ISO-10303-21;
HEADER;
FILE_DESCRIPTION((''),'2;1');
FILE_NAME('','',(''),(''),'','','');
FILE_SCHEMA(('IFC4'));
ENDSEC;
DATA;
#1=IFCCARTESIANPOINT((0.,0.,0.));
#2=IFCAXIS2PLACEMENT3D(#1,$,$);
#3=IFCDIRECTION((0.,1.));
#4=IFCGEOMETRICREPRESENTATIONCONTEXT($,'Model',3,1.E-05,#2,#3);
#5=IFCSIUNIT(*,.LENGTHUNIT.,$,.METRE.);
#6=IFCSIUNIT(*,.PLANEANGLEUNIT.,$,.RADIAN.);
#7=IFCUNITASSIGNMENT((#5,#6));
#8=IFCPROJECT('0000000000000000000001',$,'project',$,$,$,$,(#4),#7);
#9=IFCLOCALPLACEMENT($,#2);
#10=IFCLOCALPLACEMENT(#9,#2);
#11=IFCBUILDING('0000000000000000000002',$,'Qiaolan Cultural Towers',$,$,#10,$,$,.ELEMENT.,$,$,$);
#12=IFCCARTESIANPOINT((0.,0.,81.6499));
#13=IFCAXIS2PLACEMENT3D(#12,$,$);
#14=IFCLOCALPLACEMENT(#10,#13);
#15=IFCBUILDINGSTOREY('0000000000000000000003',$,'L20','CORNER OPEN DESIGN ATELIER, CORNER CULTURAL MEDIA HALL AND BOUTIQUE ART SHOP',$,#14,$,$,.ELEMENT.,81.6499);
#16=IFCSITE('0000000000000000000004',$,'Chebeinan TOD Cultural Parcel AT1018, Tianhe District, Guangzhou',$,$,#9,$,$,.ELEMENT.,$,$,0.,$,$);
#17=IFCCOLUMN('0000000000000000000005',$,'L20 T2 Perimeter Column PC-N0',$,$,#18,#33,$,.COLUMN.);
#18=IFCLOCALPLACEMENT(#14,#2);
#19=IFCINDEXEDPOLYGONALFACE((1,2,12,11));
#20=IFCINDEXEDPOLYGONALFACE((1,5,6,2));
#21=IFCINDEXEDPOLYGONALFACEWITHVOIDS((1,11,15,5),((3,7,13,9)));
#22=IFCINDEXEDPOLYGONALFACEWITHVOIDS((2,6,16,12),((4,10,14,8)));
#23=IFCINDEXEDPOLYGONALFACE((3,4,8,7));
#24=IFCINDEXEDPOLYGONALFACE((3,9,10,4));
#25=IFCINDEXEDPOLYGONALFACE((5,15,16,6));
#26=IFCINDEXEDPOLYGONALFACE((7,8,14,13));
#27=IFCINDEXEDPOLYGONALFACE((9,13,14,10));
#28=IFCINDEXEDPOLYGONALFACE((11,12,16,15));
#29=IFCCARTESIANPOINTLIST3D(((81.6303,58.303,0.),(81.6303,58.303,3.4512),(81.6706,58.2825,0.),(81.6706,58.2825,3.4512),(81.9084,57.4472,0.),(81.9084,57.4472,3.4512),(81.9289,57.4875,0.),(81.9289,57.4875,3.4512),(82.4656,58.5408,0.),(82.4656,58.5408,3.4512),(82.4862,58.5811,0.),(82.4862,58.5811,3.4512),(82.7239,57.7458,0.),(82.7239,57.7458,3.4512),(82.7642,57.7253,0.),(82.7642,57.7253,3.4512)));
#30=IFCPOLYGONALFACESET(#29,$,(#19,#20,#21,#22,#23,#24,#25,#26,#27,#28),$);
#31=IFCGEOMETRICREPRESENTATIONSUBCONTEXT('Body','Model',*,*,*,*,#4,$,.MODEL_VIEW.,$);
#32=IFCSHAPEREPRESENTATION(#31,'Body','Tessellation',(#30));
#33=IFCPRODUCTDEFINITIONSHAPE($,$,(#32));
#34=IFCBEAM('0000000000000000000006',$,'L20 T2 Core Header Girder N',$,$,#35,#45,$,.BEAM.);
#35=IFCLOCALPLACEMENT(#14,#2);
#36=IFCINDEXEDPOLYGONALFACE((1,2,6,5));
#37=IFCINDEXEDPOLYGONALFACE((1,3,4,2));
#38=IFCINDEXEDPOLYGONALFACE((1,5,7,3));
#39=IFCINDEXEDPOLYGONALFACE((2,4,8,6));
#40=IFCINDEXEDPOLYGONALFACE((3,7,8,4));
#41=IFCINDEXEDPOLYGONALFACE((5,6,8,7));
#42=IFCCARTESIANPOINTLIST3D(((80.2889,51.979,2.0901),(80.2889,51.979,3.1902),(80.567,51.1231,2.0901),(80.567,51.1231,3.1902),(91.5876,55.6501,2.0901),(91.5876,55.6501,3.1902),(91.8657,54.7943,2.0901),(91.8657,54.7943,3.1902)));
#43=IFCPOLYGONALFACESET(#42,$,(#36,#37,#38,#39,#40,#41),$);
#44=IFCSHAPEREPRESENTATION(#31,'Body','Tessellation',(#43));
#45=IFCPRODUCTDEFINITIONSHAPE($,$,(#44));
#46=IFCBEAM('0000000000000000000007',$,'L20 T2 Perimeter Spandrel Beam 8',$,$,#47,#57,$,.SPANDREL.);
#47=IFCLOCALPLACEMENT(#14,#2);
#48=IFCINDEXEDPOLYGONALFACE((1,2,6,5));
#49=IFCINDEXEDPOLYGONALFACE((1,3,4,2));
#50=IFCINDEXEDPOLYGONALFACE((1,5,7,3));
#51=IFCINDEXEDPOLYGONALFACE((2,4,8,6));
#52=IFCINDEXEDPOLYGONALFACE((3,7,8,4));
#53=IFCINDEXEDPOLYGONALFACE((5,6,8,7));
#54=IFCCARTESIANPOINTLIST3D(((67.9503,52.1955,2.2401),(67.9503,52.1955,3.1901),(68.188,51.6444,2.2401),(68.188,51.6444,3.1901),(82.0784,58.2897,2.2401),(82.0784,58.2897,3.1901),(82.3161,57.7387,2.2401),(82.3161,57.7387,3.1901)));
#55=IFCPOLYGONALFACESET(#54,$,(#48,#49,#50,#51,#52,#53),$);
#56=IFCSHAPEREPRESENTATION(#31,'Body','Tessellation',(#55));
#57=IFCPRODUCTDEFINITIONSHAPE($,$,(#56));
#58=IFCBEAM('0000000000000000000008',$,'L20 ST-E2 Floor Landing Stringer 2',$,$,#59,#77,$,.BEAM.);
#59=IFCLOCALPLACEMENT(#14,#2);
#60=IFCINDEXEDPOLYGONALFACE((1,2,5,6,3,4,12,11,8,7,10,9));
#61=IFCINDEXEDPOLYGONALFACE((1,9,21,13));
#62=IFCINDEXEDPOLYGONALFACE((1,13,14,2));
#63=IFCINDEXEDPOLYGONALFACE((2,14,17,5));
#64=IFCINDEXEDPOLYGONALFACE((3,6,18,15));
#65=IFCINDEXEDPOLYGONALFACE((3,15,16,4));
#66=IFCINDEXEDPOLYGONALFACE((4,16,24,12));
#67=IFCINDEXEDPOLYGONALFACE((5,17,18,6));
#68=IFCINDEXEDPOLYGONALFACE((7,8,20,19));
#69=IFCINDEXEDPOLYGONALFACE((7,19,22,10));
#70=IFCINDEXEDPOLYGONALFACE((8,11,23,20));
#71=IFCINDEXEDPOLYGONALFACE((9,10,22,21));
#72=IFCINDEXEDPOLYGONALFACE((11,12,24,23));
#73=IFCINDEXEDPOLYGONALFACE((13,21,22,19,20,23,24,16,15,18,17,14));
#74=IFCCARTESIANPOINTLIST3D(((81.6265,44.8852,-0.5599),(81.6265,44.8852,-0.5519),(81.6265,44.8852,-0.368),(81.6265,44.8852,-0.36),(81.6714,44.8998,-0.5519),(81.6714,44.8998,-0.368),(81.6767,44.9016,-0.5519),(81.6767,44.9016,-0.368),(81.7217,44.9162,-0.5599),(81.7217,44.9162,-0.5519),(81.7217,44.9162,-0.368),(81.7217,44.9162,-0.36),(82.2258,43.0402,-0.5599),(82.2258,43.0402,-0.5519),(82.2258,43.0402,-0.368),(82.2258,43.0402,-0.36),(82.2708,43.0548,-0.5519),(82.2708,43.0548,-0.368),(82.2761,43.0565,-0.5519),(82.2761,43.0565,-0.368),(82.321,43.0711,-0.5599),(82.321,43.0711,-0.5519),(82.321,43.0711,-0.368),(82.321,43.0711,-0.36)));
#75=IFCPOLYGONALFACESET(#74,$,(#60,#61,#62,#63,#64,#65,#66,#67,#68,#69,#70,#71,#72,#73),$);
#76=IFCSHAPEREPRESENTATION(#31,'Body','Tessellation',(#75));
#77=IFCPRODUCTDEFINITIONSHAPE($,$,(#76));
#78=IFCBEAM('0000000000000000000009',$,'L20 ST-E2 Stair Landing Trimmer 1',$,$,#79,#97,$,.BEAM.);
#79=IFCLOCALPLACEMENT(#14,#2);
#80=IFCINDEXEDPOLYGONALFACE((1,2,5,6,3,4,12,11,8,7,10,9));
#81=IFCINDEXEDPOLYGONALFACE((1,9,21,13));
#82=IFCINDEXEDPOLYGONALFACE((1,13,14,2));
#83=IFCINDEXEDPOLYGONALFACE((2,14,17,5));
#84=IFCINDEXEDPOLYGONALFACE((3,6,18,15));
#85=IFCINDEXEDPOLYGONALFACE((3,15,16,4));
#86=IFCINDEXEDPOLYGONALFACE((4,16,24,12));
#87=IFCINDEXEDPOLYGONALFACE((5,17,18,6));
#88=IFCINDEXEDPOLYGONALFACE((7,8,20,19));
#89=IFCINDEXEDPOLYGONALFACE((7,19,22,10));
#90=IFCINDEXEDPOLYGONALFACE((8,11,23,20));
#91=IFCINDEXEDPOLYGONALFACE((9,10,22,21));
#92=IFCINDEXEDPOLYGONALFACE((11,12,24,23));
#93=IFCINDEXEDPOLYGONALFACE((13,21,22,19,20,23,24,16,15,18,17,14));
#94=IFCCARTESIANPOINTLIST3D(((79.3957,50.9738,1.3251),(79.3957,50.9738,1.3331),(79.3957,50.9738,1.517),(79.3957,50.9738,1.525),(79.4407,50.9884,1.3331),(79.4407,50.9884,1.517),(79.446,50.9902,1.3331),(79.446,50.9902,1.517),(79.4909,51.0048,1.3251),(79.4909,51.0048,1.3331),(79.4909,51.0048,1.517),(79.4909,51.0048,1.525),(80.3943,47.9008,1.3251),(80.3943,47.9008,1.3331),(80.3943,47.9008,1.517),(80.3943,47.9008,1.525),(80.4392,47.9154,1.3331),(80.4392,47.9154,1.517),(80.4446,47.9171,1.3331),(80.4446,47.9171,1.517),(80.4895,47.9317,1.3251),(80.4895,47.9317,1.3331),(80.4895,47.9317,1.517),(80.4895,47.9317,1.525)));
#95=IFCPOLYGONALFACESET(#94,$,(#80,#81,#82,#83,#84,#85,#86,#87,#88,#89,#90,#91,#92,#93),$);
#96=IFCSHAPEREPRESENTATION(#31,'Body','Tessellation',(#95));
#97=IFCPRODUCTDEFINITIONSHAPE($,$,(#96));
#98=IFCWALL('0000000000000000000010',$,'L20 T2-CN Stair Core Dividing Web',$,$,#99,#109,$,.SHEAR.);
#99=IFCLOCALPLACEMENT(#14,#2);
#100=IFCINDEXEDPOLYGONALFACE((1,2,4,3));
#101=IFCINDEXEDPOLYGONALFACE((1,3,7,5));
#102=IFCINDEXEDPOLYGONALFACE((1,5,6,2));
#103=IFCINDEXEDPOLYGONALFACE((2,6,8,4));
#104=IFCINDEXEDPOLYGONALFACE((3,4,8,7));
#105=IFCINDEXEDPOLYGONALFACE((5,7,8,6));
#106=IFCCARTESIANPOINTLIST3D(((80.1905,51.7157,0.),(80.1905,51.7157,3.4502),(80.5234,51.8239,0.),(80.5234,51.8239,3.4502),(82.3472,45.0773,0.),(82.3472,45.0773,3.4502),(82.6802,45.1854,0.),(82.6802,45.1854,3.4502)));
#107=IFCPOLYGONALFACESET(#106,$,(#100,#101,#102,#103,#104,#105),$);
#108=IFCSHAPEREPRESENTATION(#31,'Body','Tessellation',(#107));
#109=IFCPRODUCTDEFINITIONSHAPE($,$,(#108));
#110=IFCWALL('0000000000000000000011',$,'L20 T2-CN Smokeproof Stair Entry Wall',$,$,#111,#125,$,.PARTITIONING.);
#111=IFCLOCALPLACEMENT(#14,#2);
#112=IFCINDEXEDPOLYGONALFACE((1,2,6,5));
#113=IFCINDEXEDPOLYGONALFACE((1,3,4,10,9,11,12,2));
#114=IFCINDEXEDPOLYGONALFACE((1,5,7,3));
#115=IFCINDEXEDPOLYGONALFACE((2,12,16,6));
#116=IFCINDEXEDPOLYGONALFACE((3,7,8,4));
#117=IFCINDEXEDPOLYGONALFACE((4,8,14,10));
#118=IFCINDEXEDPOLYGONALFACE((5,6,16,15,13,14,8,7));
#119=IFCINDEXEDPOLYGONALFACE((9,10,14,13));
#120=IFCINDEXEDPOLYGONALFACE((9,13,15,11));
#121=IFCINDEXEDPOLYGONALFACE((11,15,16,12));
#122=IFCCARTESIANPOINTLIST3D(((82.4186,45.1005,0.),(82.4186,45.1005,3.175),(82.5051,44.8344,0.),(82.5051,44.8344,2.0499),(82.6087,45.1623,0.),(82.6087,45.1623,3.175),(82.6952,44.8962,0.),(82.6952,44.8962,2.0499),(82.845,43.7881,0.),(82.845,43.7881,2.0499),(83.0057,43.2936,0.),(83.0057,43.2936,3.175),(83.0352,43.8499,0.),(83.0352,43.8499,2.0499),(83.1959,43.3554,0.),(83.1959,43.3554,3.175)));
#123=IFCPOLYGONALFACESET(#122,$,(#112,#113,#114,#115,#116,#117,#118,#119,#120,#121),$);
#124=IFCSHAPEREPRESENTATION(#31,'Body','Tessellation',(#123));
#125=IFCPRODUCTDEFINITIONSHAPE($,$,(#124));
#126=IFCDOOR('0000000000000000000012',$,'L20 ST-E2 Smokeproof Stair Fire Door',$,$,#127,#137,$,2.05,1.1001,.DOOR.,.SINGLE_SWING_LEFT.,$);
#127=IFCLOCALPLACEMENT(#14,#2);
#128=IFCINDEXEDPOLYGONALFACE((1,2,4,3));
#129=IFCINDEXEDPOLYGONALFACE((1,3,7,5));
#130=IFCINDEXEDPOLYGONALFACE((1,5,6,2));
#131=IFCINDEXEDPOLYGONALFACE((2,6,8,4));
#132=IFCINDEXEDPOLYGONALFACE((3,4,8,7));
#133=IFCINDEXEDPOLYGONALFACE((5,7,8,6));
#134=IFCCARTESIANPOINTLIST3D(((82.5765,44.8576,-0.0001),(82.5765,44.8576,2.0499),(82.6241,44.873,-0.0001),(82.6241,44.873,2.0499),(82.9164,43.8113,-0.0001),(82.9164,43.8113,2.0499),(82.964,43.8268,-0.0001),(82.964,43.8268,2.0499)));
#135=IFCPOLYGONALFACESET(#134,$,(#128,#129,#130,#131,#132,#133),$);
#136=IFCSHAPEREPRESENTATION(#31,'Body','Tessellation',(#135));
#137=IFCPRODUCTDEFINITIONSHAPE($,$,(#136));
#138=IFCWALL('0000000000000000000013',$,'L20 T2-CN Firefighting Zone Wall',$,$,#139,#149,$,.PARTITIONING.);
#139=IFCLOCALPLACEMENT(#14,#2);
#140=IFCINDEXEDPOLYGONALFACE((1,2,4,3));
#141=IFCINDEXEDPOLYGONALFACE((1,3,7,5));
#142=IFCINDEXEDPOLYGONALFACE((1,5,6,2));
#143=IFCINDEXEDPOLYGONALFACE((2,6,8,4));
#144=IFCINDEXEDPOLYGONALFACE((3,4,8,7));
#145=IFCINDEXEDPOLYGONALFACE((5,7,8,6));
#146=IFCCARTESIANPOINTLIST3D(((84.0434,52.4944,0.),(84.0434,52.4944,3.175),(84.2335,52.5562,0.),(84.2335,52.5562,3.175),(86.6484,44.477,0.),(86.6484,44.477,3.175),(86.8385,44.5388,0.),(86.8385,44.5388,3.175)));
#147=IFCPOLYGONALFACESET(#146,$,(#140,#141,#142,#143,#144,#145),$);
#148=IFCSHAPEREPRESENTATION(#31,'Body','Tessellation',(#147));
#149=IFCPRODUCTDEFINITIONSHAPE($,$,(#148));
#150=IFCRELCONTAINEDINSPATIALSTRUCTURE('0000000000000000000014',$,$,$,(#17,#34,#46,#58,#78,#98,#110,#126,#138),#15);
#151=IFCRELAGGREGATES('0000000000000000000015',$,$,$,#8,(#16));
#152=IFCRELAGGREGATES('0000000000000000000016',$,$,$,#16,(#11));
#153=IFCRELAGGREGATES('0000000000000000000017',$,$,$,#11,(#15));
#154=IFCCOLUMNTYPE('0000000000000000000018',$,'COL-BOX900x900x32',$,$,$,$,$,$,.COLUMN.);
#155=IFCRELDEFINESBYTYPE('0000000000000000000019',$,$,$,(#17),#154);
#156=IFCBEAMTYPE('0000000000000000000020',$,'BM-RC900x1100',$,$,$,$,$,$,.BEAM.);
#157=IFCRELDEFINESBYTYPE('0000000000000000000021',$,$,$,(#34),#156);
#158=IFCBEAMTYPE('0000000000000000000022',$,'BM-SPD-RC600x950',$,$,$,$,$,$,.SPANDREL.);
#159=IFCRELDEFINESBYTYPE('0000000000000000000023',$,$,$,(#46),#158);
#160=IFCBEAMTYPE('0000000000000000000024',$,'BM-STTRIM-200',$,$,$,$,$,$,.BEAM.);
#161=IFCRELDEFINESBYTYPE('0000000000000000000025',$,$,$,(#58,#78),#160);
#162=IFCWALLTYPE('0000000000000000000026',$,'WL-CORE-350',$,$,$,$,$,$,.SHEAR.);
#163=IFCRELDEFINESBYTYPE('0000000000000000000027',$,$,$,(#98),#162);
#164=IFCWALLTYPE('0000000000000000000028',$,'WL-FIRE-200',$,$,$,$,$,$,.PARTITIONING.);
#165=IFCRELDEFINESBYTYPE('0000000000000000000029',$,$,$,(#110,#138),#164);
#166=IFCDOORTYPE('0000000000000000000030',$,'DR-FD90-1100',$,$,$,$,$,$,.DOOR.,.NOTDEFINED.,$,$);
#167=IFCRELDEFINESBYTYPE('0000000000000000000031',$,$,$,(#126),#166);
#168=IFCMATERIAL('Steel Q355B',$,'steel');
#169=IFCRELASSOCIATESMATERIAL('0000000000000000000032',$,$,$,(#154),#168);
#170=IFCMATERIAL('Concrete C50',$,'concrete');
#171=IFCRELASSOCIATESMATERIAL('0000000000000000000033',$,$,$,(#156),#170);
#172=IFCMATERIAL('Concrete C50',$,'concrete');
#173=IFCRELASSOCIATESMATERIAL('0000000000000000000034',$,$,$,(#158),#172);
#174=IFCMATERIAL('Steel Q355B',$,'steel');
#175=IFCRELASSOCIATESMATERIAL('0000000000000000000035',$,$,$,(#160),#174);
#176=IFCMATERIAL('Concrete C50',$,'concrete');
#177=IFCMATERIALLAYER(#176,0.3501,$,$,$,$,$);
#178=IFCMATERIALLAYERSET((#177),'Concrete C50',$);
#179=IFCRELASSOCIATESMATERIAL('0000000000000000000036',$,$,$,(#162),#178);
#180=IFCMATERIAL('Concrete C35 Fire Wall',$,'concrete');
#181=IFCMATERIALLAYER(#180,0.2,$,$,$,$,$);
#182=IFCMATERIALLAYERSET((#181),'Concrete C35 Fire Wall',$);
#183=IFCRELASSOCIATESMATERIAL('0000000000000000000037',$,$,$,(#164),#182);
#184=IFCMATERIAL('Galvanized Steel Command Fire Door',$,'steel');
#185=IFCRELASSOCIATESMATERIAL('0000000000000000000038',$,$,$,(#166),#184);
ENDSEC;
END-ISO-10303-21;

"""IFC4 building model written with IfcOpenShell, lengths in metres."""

from ifc_helpers import new_model, si_unit, direction, frame, frame_2d, origin, origin_2d, place, context, subcontext, project, spatial, rectangle, hollow_rectangle, i_section, extrude, material, layer, layer_set, material_profile, profile_set, type_object, element, fill, save


model = new_model("IFC4")

# Units and contexts
model_context = context("Model", 3, precision=1e-05, world=origin(), true_north=direction((0.0, 1.0)))
body_context = subcontext(model_context, "Body", "Model", "MODEL_VIEW")
ifc_project = project(units=[si_unit("LENGTHUNIT", "METRE"), si_unit("PLANEANGLEUNIT", "RADIAN")], contexts=[model_context])

# Site, building, storey
site_placement = place(None, origin())
site = spatial("IfcSite", under=ifc_project, at=site_placement, Name="Chebeinan TOD Cultural Parcel AT1018, Tianhe District, Guangzhou", CompositionType="ELEMENT", RefElevation=0.0)
building_placement = place(site_placement, origin())
building = spatial("IfcBuilding", under=site, at=building_placement, Name="Qiaolan Cultural Towers", CompositionType="ELEMENT")
storey_placement = place(building_placement, frame((0.0, 0.0, 81.6499)))
storey = spatial("IfcBuildingStorey", under=building, at=storey_placement, Name="L20", Description="CORNER OPEN DESIGN ATELIER, CORNER CULTURAL MEDIA HALL AND BOUTIQUE ART SHOP", CompositionType="ELEMENT", Elevation=81.6499)

# Column
ifc_material_1 = material(Name="Steel Q355B", Category="steel")
ifc_material_profile_1 = material_profile(ifc_material_1, hollow_rectangle(XDim=0.8999, YDim=0.8999, WallThickness=0.032, at=origin_2d()), Name="BOX900x900x32")
ifc_profile_set_1 = profile_set([ifc_material_profile_1], Name="Steel Q355B")
column_type = type_object("IfcColumnType", Name="COL-BOX900x900x32", PredefinedType="COLUMN", material=ifc_profile_set_1)
column_placement = place(storey_placement, frame((82.1973, 58.0142, 0.0), z_axis=(0.0, 0.0, 1.0), x_axis=(0.951057, 0.309017, 0.0)))
element("IfcColumn", 1, at=column_placement, inside=storey, type_object=column_type, Name="L20 T2 Perimeter Column PC-N0", PredefinedType="COLUMN", context=body_context, shape_type="SweptSolid", body=[
    extrude(hollow_rectangle(XDim=0.8999, YDim=0.8999, WallThickness=0.032, at=origin_2d()), origin(), (0.0, 0.0, 1.0), 3.4512),
])

# Beams
ifc_material_2 = material(Name="Concrete C50", Category="concrete")
ifc_material_profile_2 = material_profile(ifc_material_2, rectangle(XDim=0.8999, YDim=1.1001, at=origin_2d()), Name="RC900x1100")
ifc_profile_set_2 = profile_set([ifc_material_profile_2], Name="Concrete C50")
beam_type_1 = type_object("IfcBeamType", Name="BM-RC900x1100", PredefinedType="BEAM", material=ifc_profile_set_2)
beam_1_placement = place(storey_placement, frame((80.428, 51.551, 2.6401), z_axis=(0.951056, 0.309018, 0.0), x_axis=(-0.309018, 0.951056, 0.0)))
element("IfcBeam", 2, at=beam_1_placement, inside=storey, type_object=beam_type_1, Name="L20 T2 Core Header Girder N", PredefinedType="BEAM", context=body_context, shape_type="SweptSolid", body=[
    extrude(rectangle(XDim=0.8999, YDim=1.1001, at=origin_2d()), origin(), (0.0, 0.0, 1.0), 11.8801),
])
ifc_material_3 = material(Name="Concrete C50", Category="concrete")
ifc_material_profile_3 = material_profile(ifc_material_3, rectangle(XDim=0.6001, YDim=0.95, at=origin_2d()), Name="RC600x950")
ifc_profile_set_3 = profile_set([ifc_material_profile_3], Name="Concrete C50")
beam_type_2 = type_object("IfcBeamType", Name="BM-SPD-RC600x950", PredefinedType="SPANDREL", material=ifc_profile_set_3)
beam_2_placement = place(storey_placement, frame((82.1973, 58.0142, 2.7151), z_axis=(-0.918218, -0.396076, 0.0), x_axis=(0.396076, -0.918218, 0.0)))
element("IfcBeam", 3, at=beam_2_placement, inside=storey, type_object=beam_type_2, Name="L20 T2 Perimeter Spandrel Beam 8", PredefinedType="SPANDREL", context=body_context, shape_type="SweptSolid", body=[
    extrude(rectangle(XDim=0.6001, YDim=0.95, at=origin_2d()), origin(), (0.0, 0.0, 1.0), 15.3865),
])
ifc_material_4 = material(Name="Steel Q355B", Category="steel")
ifc_material_profile_4 = material_profile(ifc_material_4, i_section(OverallWidth=0.1001, OverallDepth=0.2, WebThickness=0.0056, FlangeThickness=0.0081, at=origin_2d()), Name="HN200x100x5.5x8")
ifc_profile_set_4 = profile_set([ifc_material_profile_4], Name="Steel Q355B")
beam_type_3 = type_object("IfcBeamType", Name="BM-STTRIM-200", PredefinedType="BEAM", material=ifc_profile_set_4)
beam_3_placement = place(storey_placement, frame((82.2734, 43.0557, -0.46), z_axis=(-0.308969, 0.951072, 0.0), x_axis=(-0.951072, -0.308969, 0.0)))
element("IfcBeam", 4, at=beam_3_placement, inside=storey, type_object=beam_type_3, Name="L20 ST-E2 Floor Landing Stringer 2", PredefinedType="BEAM", context=body_context, shape_type="SweptSolid", body=[
    extrude(i_section(OverallWidth=0.1001, OverallDepth=0.2, WebThickness=0.0056, FlangeThickness=0.0081, at=origin_2d()), origin(), (0.0, 0.0, 1.0), 1.9399),
])
beam_4_placement = place(storey_placement, frame((80.4419, 47.9163, 1.425), z_axis=(-0.309033, 0.951051, 0.0), x_axis=(-0.951051, -0.309033, 0.0)))
element("IfcBeam", 5, at=beam_4_placement, inside=storey, type_object=beam_type_3, Name="L20 ST-E2 Stair Landing Trimmer 1", PredefinedType="BEAM", context=body_context, shape_type="SweptSolid", body=[
    extrude(i_section(OverallWidth=0.1001, OverallDepth=0.2, WebThickness=0.0056, FlangeThickness=0.0081, at=origin_2d()), origin(), (0.0, 0.0, 1.0), 3.2312),
])

# Wall
ifc_material_5 = material(Name="Concrete C50", Category="concrete")
ifc_layer_1 = layer(ifc_material_5, 0.3501)
ifc_layer_set_1 = layer_set([ifc_layer_1], Name="Concrete C50")
wall_type_1 = type_object("IfcWallType", Name="WL-CORE-350", PredefinedType="SHEAR", material=ifc_layer_set_1)
wall_1_placement = place(storey_placement, frame((82.5137, 45.1313, 0.0), z_axis=(0.0, 0.0, 1.0), x_axis=(-0.308989, 0.951066, 0.0)))
element("IfcWall", 6, at=wall_1_placement, inside=storey, type_object=wall_type_1, Name="L20 T2-CN Stair Core Dividing Web", PredefinedType="SHEAR", context=body_context, shape_type="SweptSolid", body=[
    extrude(rectangle(XDim=6.98, YDim=0.3501, at=frame_2d((3.49, 0.0))), origin(), (0.0, 0.0, 1.0), 3.4502),
])

# Wall, opening, door
ifc_material_6 = material(Name="Concrete C35 Fire Wall", Category="concrete")
ifc_layer_2 = layer(ifc_material_6, 0.2)
ifc_layer_set_2 = layer_set([ifc_layer_2], Name="Concrete C35 Fire Wall")
wall_type_2 = type_object("IfcWallType", Name="WL-FIRE-200", PredefinedType="PARTITIONING", material=ifc_layer_set_2)
wall_2_placement = place(storey_placement, frame((83.1008, 43.3245, 0.0), z_axis=(0.0, 0.0, 1.0), x_axis=(-0.309048, 0.951046, 0.0)))
wall_2 = element("IfcWall", 7, at=wall_2_placement, inside=storey, type_object=wall_type_2, Name="L20 T2-CN Smokeproof Stair Entry Wall", PredefinedType="PARTITIONING", context=body_context, shape_type="SweptSolid", body=[
    extrude(rectangle(XDim=1.8999, YDim=0.2, at=frame_2d((0.95, 0.0))), origin(), (0.0, 0.0, 1.0), 3.175),
])
opening_1_placement = place(wall_2_placement, frame((0.52, 0.0, 0.0)))
opening_1 = element("IfcOpeningElement", 8, at=opening_1_placement, cuts=wall_2, PredefinedType="OPENING", context=body_context, shape_type="SweptSolid", body=[
    extrude(rectangle(XDim=1.1001, YDim=2.05, at=frame_2d((0.55, 1.0249))), frame((0.0, 0.1099, 0.0), z_axis=(0.0, -1.0, 0.0), x_axis=(1.0, 0.0, 0.0)), (0.0, 0.0, 1.0), 0.22),
])
ifc_material_7 = material(Name="Galvanized Steel Command Fire Door", Category="steel")
door_type_1 = type_object("IfcDoorType", Name="DR-FD90-1100", OperationType="NOTDEFINED", PredefinedType="DOOR", material=ifc_material_7)
door_1_placement = place(opening_1_placement, origin())
door_1 = element("IfcDoor", 9, at=door_1_placement, inside=storey, type_object=door_type_1, Name="L20 ST-E2 Smokeproof Stair Fire Door", OperationType="SINGLE_SWING_LEFT", OverallHeight=2.05, OverallWidth=1.1001, PredefinedType="DOOR", context=body_context, shape_type="SweptSolid", body=[
    extrude(rectangle(XDim=1.1001, YDim=2.05, at=frame_2d((0.55, 1.0249))), frame((0.0, 0.0249, 0.0), z_axis=(0.0, -1.0, 0.0), x_axis=(1.0, 0.0, 0.0)), (0.0, 0.0, 1.0), 0.05),
])
fill(opening_1, door_1)

# Wall
wall_3_placement = place(storey_placement, frame((86.7434, 44.5081, 0.0), z_axis=(0.0, 0.0, 1.0), x_axis=(-0.309016, 0.951057, 0.0)))
element("IfcWall", 10, at=wall_3_placement, inside=storey, type_object=wall_type_2, Name="L20 T2-CN Firefighting Zone Wall", PredefinedType="PARTITIONING", context=body_context, shape_type="SweptSolid", body=[
    extrude(rectangle(XDim=8.4299, YDim=0.2, at=frame_2d((4.2148, 0.0))), origin(), (0.0, 0.0, 1.0), 3.175),
])

save(model, "model.ifc")
